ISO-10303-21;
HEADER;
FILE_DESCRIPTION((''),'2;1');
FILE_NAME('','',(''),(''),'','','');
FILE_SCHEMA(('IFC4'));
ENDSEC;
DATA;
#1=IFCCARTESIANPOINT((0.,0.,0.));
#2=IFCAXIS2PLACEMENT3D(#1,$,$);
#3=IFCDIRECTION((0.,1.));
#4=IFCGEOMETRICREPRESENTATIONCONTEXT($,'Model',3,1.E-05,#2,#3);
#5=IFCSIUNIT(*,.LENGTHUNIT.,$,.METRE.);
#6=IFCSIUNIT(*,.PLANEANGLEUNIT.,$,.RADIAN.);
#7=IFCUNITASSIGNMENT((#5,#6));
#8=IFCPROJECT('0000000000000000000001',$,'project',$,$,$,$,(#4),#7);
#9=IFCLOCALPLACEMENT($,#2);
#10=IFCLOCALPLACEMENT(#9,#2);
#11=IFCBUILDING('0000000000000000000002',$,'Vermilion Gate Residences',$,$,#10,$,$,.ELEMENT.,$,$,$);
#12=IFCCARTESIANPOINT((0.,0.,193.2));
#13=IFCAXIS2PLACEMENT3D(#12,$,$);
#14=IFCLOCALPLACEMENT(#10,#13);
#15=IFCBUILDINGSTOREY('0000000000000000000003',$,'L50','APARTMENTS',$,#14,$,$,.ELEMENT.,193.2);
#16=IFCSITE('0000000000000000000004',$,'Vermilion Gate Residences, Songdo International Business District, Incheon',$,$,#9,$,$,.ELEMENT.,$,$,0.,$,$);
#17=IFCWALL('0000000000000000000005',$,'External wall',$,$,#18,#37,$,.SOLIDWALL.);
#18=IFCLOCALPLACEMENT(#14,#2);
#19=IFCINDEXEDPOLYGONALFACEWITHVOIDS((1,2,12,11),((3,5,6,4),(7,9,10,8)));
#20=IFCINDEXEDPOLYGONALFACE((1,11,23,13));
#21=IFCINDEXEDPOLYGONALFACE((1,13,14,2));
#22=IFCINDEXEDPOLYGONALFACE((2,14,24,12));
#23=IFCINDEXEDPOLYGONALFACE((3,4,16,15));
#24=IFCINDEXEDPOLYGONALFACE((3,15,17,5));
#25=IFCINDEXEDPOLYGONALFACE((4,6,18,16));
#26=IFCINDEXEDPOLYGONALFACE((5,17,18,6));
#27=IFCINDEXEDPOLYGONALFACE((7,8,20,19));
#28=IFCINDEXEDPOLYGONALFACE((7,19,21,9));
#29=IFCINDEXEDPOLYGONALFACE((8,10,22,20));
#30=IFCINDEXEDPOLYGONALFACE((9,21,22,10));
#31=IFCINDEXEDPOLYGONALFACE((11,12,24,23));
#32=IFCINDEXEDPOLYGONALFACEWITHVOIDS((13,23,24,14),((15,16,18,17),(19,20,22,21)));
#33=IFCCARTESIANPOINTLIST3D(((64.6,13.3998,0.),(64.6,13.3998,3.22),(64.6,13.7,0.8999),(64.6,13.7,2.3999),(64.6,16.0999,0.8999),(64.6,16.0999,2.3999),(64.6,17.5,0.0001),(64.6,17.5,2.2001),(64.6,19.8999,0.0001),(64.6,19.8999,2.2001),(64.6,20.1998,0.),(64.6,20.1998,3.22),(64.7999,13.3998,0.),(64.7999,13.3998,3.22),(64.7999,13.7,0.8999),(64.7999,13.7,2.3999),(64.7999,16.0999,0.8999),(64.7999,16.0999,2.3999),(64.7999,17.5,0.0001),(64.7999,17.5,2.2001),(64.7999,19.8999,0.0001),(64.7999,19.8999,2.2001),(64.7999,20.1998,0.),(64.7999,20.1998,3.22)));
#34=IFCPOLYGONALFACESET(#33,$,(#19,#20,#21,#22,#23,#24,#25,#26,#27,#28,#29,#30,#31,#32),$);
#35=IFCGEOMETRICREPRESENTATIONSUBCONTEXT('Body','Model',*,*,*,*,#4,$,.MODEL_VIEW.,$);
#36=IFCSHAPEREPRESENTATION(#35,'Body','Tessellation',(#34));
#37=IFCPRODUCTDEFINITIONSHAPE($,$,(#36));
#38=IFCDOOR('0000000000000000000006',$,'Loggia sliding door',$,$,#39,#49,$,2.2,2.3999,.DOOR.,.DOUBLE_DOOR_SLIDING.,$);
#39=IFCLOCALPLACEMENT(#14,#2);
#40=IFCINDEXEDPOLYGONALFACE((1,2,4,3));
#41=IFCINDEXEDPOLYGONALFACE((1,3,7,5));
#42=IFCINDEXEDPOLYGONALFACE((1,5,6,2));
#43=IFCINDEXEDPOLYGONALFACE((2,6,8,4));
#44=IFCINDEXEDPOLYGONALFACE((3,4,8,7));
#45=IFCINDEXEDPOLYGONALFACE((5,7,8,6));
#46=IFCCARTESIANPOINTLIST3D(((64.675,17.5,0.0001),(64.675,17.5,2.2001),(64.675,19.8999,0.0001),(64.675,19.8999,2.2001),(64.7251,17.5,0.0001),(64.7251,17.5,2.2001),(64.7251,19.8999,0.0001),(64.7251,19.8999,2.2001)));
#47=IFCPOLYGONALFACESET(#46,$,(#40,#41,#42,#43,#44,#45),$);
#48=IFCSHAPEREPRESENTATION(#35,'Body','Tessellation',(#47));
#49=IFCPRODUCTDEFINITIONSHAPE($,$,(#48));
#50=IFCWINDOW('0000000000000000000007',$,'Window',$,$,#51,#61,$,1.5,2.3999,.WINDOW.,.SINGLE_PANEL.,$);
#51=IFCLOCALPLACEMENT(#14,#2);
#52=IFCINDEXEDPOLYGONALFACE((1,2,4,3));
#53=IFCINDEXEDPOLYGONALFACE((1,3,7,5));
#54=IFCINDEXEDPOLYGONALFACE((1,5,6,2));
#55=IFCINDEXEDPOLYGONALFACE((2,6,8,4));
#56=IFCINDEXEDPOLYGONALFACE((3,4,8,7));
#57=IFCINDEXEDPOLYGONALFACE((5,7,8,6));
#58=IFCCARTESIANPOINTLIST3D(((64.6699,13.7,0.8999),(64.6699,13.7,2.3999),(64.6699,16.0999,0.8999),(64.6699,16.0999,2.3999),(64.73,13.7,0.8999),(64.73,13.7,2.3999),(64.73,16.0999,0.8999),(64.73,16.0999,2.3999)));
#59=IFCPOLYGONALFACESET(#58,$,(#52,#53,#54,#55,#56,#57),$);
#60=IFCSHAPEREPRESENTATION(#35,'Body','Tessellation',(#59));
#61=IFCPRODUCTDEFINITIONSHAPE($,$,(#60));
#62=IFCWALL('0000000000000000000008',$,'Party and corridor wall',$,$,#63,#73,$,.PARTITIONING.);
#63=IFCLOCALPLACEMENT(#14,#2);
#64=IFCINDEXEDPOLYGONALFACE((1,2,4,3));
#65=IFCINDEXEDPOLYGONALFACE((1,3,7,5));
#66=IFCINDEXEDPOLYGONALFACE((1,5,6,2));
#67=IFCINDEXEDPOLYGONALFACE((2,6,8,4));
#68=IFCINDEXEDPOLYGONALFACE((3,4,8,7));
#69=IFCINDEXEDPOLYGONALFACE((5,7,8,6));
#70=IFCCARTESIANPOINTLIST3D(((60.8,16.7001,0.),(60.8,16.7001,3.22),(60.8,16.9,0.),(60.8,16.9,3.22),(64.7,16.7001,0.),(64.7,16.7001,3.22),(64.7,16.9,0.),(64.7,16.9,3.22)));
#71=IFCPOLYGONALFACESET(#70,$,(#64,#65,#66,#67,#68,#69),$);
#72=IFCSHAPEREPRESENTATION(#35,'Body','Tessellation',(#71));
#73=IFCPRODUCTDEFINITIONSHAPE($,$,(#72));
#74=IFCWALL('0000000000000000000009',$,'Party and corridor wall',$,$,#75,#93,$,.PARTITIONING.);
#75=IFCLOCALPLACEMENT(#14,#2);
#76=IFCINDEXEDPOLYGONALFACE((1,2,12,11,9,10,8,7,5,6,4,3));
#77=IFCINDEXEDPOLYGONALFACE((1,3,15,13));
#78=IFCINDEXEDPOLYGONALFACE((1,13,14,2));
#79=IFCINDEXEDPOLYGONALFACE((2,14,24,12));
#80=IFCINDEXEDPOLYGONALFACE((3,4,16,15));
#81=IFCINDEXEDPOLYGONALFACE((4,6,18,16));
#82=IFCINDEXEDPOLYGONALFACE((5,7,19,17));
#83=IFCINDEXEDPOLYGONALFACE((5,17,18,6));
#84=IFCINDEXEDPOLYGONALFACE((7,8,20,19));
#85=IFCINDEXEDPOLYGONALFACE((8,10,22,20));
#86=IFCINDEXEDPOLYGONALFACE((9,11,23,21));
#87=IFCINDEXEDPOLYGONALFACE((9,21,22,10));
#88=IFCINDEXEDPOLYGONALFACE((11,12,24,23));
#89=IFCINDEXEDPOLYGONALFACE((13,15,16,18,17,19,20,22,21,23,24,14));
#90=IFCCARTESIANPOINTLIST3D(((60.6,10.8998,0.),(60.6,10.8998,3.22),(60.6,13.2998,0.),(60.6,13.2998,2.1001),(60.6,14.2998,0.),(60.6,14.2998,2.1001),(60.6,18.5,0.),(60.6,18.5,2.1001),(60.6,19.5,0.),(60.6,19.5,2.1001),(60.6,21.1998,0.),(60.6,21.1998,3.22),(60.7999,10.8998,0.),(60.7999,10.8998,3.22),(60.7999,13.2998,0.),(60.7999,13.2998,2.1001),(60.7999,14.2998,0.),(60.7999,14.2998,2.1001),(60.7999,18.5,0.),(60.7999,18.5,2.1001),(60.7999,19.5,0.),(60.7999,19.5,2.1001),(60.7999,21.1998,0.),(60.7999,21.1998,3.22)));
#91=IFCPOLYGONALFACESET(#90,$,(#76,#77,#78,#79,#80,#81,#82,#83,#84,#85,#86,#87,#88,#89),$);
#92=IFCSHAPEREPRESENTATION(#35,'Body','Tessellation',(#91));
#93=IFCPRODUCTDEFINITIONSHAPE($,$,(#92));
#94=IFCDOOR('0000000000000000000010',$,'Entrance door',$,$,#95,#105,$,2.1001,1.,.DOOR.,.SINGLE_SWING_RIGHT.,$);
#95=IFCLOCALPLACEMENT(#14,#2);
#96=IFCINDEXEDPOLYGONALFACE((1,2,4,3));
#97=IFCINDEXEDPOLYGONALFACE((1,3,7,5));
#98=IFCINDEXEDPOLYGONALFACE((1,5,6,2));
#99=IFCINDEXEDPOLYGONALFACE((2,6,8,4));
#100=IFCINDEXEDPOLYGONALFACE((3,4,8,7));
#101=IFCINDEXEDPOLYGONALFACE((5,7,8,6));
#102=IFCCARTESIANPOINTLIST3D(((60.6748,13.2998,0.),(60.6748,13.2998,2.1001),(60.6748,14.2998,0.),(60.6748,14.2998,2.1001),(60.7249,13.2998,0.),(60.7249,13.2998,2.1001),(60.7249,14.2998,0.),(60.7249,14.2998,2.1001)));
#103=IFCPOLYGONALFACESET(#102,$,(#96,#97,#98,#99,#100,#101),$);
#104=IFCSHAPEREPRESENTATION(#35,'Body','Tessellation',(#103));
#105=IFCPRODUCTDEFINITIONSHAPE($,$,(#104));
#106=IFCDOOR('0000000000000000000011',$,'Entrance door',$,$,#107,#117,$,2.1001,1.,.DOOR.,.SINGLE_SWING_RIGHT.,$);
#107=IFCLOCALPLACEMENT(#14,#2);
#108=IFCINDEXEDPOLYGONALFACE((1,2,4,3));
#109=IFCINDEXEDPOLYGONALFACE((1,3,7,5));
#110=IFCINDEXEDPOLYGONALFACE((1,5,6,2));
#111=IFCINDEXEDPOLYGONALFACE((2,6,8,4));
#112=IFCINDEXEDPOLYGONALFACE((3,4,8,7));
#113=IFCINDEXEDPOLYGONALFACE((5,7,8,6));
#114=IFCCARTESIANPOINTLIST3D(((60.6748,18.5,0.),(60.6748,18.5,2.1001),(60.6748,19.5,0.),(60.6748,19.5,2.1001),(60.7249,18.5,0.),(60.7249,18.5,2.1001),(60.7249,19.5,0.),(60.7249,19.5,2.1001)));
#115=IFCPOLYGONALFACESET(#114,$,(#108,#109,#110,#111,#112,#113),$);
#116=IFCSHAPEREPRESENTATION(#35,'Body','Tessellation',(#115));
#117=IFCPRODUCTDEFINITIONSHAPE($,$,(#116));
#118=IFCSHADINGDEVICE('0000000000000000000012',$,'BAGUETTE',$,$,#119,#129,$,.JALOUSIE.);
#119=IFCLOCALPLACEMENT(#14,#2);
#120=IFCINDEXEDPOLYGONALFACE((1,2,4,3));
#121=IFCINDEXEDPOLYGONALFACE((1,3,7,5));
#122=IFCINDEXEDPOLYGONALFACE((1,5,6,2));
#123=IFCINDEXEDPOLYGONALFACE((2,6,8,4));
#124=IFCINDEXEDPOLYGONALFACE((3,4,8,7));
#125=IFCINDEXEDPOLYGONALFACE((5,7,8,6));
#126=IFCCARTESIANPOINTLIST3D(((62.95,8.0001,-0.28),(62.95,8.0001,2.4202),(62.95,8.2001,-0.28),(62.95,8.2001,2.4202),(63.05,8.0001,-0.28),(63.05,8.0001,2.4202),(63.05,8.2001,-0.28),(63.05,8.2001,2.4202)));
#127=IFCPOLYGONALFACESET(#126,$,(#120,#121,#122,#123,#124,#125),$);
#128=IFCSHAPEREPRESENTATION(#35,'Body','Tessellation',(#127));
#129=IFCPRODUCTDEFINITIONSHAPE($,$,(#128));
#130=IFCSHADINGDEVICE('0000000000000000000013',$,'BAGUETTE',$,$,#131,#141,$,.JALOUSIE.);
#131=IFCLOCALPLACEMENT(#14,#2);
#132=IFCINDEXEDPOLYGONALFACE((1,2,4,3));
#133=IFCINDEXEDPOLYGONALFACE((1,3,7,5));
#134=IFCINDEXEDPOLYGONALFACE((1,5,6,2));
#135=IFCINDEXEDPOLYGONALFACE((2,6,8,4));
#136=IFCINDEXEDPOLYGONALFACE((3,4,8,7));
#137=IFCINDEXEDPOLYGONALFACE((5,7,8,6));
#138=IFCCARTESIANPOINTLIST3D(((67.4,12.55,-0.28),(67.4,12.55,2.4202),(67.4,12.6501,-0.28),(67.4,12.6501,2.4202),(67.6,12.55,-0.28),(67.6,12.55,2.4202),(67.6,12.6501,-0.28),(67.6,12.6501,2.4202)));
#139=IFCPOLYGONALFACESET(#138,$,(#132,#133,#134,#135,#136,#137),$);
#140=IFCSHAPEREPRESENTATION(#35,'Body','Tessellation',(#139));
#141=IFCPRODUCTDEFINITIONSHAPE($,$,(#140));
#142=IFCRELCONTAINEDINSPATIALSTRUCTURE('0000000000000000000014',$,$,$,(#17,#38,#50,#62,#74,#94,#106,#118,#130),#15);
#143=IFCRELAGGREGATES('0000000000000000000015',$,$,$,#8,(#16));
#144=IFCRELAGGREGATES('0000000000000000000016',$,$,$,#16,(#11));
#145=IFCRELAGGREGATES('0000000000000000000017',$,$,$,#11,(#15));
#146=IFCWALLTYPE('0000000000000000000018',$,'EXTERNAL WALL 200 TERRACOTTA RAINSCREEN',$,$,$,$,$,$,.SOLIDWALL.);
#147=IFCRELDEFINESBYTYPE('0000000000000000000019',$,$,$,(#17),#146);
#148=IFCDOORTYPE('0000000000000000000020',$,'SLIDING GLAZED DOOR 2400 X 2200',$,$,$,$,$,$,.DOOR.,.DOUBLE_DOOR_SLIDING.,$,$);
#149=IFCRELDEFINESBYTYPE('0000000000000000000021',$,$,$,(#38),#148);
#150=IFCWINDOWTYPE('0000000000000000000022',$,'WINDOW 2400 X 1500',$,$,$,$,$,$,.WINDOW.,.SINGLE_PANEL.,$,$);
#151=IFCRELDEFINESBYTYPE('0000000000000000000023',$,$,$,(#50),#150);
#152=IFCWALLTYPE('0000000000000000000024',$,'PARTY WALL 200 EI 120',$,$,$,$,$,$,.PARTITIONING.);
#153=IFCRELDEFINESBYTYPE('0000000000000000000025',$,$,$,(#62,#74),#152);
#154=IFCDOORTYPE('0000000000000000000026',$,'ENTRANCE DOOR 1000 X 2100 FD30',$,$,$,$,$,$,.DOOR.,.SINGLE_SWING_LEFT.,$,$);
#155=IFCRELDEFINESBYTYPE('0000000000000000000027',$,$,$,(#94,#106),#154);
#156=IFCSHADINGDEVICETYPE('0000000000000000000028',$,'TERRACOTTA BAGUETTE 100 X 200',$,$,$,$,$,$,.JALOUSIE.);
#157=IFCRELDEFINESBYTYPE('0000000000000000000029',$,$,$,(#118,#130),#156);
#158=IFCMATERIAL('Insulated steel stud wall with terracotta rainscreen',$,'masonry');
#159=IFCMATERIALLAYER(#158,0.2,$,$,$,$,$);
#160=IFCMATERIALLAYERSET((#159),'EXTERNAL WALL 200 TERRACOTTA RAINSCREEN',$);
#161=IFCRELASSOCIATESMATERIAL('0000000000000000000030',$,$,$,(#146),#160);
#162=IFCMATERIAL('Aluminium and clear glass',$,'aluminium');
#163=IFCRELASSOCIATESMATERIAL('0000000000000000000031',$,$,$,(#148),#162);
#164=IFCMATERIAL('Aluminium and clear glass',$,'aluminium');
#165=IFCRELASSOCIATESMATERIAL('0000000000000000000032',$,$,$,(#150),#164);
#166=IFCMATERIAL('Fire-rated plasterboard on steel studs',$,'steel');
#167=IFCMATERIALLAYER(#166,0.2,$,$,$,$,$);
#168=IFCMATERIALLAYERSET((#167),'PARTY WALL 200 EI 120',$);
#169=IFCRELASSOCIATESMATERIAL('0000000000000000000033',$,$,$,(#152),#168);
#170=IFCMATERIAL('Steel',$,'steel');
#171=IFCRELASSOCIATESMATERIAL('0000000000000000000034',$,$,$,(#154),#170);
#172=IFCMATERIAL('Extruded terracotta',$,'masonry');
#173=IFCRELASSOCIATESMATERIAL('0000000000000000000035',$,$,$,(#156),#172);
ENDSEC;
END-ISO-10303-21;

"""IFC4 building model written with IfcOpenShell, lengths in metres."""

from ifc_helpers import new_model, si_unit, direction, frame, frame_2d, origin, origin_2d, place, context, subcontext, project, spatial, rectangle, extrude, material, layer, layer_set, material_profile, profile_set, type_object, element, fill, save


model = new_model("IFC4")

# Units and contexts
model_context = context("Model", 3, precision=1e-05, world=origin(), true_north=direction((0.0, 1.0)))
body_context = subcontext(model_context, "Body", "Model", "MODEL_VIEW")
ifc_project = project(units=[si_unit("LENGTHUNIT", "METRE"), si_unit("PLANEANGLEUNIT", "RADIAN")], contexts=[model_context])

# Site, building, storey
site_placement = place(None, origin())
site = spatial("IfcSite", under=ifc_project, at=site_placement, Name="Vermilion Gate Residences, Songdo International Business District, Incheon", CompositionType="ELEMENT", RefElevation=0.0)
building_placement = place(site_placement, origin())
building = spatial("IfcBuilding", under=site, at=building_placement, Name="Vermilion Gate Residences", CompositionType="ELEMENT")
storey_placement = place(building_placement, frame((0.0, 0.0, 193.2)))
storey = spatial("IfcBuildingStorey", under=building, at=storey_placement, Name="L50", Description="APARTMENTS", CompositionType="ELEMENT", Elevation=193.2)

# Shared definitions
ifc_material_1 = material(Name="Insulated steel stud wall with terracotta rainscreen", Category="masonry")
ifc_layer_1 = layer(ifc_material_1, 0.2)
ifc_layer_set_1 = layer_set([ifc_layer_1], Name="EXTERNAL WALL 200 TERRACOTTA RAINSCREEN")
wall_type_1 = type_object("IfcWallType", Name="EXTERNAL WALL 200 TERRACOTTA RAINSCREEN", PredefinedType="SOLIDWALL", material=ifc_layer_set_1)

# Wall, openings, door, window
wall_1_placement = place(storey_placement, frame((64.7, 13.3999, 0.0), z_axis=(0.0, 0.0, 1.0), x_axis=(0.0, 1.0, 0.0)))
wall_1 = element("IfcWall", 1, at=wall_1_placement, inside=storey, type_object=wall_type_1, Name="External wall", PredefinedType="SOLIDWALL", context=body_context, shape_type="SweptSolid", body=[
    extrude(rectangle(XDim=6.8, YDim=0.2, at=frame_2d((3.3999, 0.0))), origin(), (0.0, 0.0, 1.0), 3.22),
])
opening_1_placement = place(wall_1_placement, frame((0.3, 0.0, 0.8999)))
opening_1 = element("IfcOpeningElement", 2, at=opening_1_placement, cuts=wall_1, PredefinedType="OPENING", context=body_context, shape_type="SweptSolid", body=[
    extrude(rectangle(XDim=2.3999, YDim=1.5, at=frame_2d((1.2, 0.75))), frame((0.0, 0.1099, 0.0), z_axis=(0.0, -1.0, 0.0), x_axis=(1.0, 0.0, 0.0)), (0.0, 0.0, 1.0), 0.22),
])
opening_2_placement = place(wall_1_placement, frame((4.1001, 0.0, 0.0)))
opening_2 = element("IfcOpeningElement", 3, at=opening_2_placement, cuts=wall_1, PredefinedType="OPENING", context=body_context, shape_type="SweptSolid", body=[
    extrude(rectangle(XDim=2.3999, YDim=2.2, at=frame_2d((1.2, 1.1001))), frame((0.0, 0.1099, 0.0), z_axis=(0.0, -1.0, 0.0), x_axis=(1.0, 0.0, 0.0)), (0.0, 0.0, 1.0), 0.22),
])
ifc_material_2 = material(Name="Aluminium and clear glass", Category="aluminium")
door_type_1 = type_object("IfcDoorType", Name="SLIDING GLAZED DOOR 2400 X 2200", OperationType="DOUBLE_DOOR_SLIDING", PredefinedType="DOOR", material=ifc_material_2)
door_1_placement = place(opening_2_placement, origin())
door_1 = element("IfcDoor", 4, at=door_1_placement, inside=storey, type_object=door_type_1, Name="Loggia sliding door", OperationType="DOUBLE_DOOR_SLIDING", OverallHeight=2.2, OverallWidth=2.3999, PredefinedType="DOOR", context=body_context, shape_type="SweptSolid", body=[
    extrude(rectangle(XDim=2.3999, YDim=2.2, at=frame_2d((1.2, 1.1001))), frame((0.0, 0.0249, 0.0), z_axis=(0.0, -1.0, 0.0), x_axis=(1.0, 0.0, 0.0)), (0.0, 0.0, 1.0), 0.05),
])
fill(opening_2, door_1)
ifc_material_3 = material(Name="Aluminium and clear glass", Category="aluminium")
window_type_1 = type_object("IfcWindowType", Name="WINDOW 2400 X 1500", PartitioningType="SINGLE_PANEL", PredefinedType="WINDOW", material=ifc_material_3)
window_1_placement = place(opening_1_placement, origin())
window_1 = element("IfcWindow", 5, at=window_1_placement, inside=storey, type_object=window_type_1, Name="Window", OverallHeight=1.5, OverallWidth=2.3999, PartitioningType="SINGLE_PANEL", PredefinedType="WINDOW", context=body_context, shape_type="SweptSolid", body=[
    extrude(rectangle(XDim=2.3999, YDim=1.5, at=frame_2d((1.2, 0.75))), frame((0.0, 0.03, 0.0), z_axis=(0.0, -1.0, 0.0), x_axis=(1.0, 0.0, 0.0)), (0.0, 0.0, 1.0), 0.0601),
])
fill(opening_1, window_1)

# Wall
ifc_material_4 = material(Name="Fire-rated plasterboard on steel studs", Category="steel")
ifc_layer_2 = layer(ifc_material_4, 0.2)
ifc_layer_set_2 = layer_set([ifc_layer_2], Name="PARTY WALL 200 EI 120")
wall_type_2 = type_object("IfcWallType", Name="PARTY WALL 200 EI 120", PredefinedType="PARTITIONING", material=ifc_layer_set_2)
wall_2_placement = place(storey_placement, frame((60.8, 16.8, 0.0), z_axis=(0.0, 0.0, 1.0), x_axis=(1.0, 0.0, 0.0)))
element("IfcWall", 6, at=wall_2_placement, inside=storey, type_object=wall_type_2, Name="Party and corridor wall", PredefinedType="PARTITIONING", context=body_context, shape_type="SweptSolid", body=[
    extrude(rectangle(XDim=3.8999, YDim=0.2, at=frame_2d((1.95, 0.0))), origin(), (0.0, 0.0, 1.0), 3.22),
])

# Wall, openings, doors
wall_3_placement = place(storey_placement, frame((60.7, 10.8999, 0.0), z_axis=(0.0, 0.0, 1.0), x_axis=(0.0, 1.0, 0.0)))
wall_3 = element("IfcWall", 7, at=wall_3_placement, inside=storey, type_object=wall_type_2, Name="Party and corridor wall", PredefinedType="PARTITIONING", context=body_context, shape_type="SweptSolid", body=[
    extrude(rectangle(XDim=10.3, YDim=0.2, at=frame_2d((5.1499, 0.0))), origin(), (0.0, 0.0, 1.0), 3.22),
])
opening_3_placement = place(wall_3_placement, frame((2.3999, 0.0, 0.0)))
opening_3 = element("IfcOpeningElement", 8, at=opening_3_placement, cuts=wall_3, PredefinedType="OPENING", context=body_context, shape_type="SweptSolid", body=[
    extrude(rectangle(XDim=1.0, YDim=2.1001, at=frame_2d((0.5, 1.05))), frame((0.0, 0.1099, 0.0), z_axis=(0.0, -1.0, 0.0), x_axis=(1.0, 0.0, 0.0)), (0.0, 0.0, 1.0), 0.22),
])
opening_4_placement = place(wall_3_placement, frame((7.6001, 0.0, 0.0)))
opening_4 = element("IfcOpeningElement", 9, at=opening_4_placement, cuts=wall_3, PredefinedType="OPENING", context=body_context, shape_type="SweptSolid", body=[
    extrude(rectangle(XDim=1.0, YDim=2.1001, at=frame_2d((0.5, 1.05))), frame((0.0, 0.1099, 0.0), z_axis=(0.0, -1.0, 0.0), x_axis=(1.0, 0.0, 0.0)), (0.0, 0.0, 1.0), 0.22),
])
ifc_material_5 = material(Name="Steel", Category="steel")
door_type_2 = type_object("IfcDoorType", Name="ENTRANCE DOOR 1000 X 2100 FD30", OperationType="SINGLE_SWING_LEFT", PredefinedType="DOOR", material=ifc_material_5)
door_2_placement = place(opening_3_placement, frame((1.0, 0.0, 0.0), z_axis=(0.0, 0.0, 1.0), x_axis=(-1.0, 0.0, 0.0)))
door_2 = element("IfcDoor", 10, at=door_2_placement, inside=storey, type_object=door_type_2, Name="Entrance door", OperationType="SINGLE_SWING_RIGHT", OverallHeight=2.1001, OverallWidth=1.0, PredefinedType="DOOR", context=body_context, shape_type="SweptSolid", body=[
    extrude(rectangle(XDim=1.0, YDim=2.1001, at=frame_2d((0.5, 1.05))), frame((0.0, 0.0249, 0.0), z_axis=(0.0, -1.0, 0.0), x_axis=(1.0, 0.0, 0.0)), (0.0, 0.0, 1.0), 0.05),
])
fill(opening_3, door_2)
door_3_placement = place(opening_4_placement, frame((1.0, 0.0, 0.0), z_axis=(0.0, 0.0, 1.0), x_axis=(-1.0, 0.0, 0.0)))
door_3 = element("IfcDoor", 11, at=door_3_placement, inside=storey, type_object=door_type_2, Name="Entrance door", OperationType="SINGLE_SWING_RIGHT", OverallHeight=2.1001, OverallWidth=1.0, PredefinedType="DOOR", context=body_context, shape_type="SweptSolid", body=[
    extrude(rectangle(XDim=1.0, YDim=2.1001, at=frame_2d((0.5, 1.05))), frame((0.0, 0.0249, 0.0), z_axis=(0.0, -1.0, 0.0), x_axis=(1.0, 0.0, 0.0)), (0.0, 0.0, 1.0), 0.05),
])
fill(opening_4, door_3)

# Shading devices
ifc_material_6 = material(Name="Extruded terracotta", Category="masonry")
ifc_material_profile_1 = material_profile(ifc_material_6, rectangle(XDim=0.2, YDim=0.1001, at=origin_2d()), Name="BAGUETTE 100 X 200")
ifc_profile_set_1 = profile_set([ifc_material_profile_1], Name="Extruded terracotta")
shading_device_type = type_object("IfcShadingDeviceType", Name="TERRACOTTA BAGUETTE 100 X 200", PredefinedType="JALOUSIE", material=ifc_profile_set_1)
for number, where, z_axis, x_axis, name in (
    (12, (63.0, 8.1001, -0.28), (0.0, 0.0, 1.0), (0.0, 1.0, 0.0), "BAGUETTE"),
    (13, (67.5, 12.6001, -0.28), (0.0, 0.0, 1.0), (-1.0, 0.0, 0.0), "BAGUETTE"),
):
    element("IfcShadingDevice", number, at=place(storey_placement, frame(where, z_axis=z_axis, x_axis=x_axis)), inside=storey, type_object=shading_device_type, Name=name, PredefinedType="JALOUSIE", context=body_context, shape_type="SweptSolid", body=[
        extrude(rectangle(XDim=0.2, YDim=0.1001, at=origin_2d()), origin(), (0.0, 0.0, 1.0), 2.7002),
    ])

save(model, "model.ifc")
